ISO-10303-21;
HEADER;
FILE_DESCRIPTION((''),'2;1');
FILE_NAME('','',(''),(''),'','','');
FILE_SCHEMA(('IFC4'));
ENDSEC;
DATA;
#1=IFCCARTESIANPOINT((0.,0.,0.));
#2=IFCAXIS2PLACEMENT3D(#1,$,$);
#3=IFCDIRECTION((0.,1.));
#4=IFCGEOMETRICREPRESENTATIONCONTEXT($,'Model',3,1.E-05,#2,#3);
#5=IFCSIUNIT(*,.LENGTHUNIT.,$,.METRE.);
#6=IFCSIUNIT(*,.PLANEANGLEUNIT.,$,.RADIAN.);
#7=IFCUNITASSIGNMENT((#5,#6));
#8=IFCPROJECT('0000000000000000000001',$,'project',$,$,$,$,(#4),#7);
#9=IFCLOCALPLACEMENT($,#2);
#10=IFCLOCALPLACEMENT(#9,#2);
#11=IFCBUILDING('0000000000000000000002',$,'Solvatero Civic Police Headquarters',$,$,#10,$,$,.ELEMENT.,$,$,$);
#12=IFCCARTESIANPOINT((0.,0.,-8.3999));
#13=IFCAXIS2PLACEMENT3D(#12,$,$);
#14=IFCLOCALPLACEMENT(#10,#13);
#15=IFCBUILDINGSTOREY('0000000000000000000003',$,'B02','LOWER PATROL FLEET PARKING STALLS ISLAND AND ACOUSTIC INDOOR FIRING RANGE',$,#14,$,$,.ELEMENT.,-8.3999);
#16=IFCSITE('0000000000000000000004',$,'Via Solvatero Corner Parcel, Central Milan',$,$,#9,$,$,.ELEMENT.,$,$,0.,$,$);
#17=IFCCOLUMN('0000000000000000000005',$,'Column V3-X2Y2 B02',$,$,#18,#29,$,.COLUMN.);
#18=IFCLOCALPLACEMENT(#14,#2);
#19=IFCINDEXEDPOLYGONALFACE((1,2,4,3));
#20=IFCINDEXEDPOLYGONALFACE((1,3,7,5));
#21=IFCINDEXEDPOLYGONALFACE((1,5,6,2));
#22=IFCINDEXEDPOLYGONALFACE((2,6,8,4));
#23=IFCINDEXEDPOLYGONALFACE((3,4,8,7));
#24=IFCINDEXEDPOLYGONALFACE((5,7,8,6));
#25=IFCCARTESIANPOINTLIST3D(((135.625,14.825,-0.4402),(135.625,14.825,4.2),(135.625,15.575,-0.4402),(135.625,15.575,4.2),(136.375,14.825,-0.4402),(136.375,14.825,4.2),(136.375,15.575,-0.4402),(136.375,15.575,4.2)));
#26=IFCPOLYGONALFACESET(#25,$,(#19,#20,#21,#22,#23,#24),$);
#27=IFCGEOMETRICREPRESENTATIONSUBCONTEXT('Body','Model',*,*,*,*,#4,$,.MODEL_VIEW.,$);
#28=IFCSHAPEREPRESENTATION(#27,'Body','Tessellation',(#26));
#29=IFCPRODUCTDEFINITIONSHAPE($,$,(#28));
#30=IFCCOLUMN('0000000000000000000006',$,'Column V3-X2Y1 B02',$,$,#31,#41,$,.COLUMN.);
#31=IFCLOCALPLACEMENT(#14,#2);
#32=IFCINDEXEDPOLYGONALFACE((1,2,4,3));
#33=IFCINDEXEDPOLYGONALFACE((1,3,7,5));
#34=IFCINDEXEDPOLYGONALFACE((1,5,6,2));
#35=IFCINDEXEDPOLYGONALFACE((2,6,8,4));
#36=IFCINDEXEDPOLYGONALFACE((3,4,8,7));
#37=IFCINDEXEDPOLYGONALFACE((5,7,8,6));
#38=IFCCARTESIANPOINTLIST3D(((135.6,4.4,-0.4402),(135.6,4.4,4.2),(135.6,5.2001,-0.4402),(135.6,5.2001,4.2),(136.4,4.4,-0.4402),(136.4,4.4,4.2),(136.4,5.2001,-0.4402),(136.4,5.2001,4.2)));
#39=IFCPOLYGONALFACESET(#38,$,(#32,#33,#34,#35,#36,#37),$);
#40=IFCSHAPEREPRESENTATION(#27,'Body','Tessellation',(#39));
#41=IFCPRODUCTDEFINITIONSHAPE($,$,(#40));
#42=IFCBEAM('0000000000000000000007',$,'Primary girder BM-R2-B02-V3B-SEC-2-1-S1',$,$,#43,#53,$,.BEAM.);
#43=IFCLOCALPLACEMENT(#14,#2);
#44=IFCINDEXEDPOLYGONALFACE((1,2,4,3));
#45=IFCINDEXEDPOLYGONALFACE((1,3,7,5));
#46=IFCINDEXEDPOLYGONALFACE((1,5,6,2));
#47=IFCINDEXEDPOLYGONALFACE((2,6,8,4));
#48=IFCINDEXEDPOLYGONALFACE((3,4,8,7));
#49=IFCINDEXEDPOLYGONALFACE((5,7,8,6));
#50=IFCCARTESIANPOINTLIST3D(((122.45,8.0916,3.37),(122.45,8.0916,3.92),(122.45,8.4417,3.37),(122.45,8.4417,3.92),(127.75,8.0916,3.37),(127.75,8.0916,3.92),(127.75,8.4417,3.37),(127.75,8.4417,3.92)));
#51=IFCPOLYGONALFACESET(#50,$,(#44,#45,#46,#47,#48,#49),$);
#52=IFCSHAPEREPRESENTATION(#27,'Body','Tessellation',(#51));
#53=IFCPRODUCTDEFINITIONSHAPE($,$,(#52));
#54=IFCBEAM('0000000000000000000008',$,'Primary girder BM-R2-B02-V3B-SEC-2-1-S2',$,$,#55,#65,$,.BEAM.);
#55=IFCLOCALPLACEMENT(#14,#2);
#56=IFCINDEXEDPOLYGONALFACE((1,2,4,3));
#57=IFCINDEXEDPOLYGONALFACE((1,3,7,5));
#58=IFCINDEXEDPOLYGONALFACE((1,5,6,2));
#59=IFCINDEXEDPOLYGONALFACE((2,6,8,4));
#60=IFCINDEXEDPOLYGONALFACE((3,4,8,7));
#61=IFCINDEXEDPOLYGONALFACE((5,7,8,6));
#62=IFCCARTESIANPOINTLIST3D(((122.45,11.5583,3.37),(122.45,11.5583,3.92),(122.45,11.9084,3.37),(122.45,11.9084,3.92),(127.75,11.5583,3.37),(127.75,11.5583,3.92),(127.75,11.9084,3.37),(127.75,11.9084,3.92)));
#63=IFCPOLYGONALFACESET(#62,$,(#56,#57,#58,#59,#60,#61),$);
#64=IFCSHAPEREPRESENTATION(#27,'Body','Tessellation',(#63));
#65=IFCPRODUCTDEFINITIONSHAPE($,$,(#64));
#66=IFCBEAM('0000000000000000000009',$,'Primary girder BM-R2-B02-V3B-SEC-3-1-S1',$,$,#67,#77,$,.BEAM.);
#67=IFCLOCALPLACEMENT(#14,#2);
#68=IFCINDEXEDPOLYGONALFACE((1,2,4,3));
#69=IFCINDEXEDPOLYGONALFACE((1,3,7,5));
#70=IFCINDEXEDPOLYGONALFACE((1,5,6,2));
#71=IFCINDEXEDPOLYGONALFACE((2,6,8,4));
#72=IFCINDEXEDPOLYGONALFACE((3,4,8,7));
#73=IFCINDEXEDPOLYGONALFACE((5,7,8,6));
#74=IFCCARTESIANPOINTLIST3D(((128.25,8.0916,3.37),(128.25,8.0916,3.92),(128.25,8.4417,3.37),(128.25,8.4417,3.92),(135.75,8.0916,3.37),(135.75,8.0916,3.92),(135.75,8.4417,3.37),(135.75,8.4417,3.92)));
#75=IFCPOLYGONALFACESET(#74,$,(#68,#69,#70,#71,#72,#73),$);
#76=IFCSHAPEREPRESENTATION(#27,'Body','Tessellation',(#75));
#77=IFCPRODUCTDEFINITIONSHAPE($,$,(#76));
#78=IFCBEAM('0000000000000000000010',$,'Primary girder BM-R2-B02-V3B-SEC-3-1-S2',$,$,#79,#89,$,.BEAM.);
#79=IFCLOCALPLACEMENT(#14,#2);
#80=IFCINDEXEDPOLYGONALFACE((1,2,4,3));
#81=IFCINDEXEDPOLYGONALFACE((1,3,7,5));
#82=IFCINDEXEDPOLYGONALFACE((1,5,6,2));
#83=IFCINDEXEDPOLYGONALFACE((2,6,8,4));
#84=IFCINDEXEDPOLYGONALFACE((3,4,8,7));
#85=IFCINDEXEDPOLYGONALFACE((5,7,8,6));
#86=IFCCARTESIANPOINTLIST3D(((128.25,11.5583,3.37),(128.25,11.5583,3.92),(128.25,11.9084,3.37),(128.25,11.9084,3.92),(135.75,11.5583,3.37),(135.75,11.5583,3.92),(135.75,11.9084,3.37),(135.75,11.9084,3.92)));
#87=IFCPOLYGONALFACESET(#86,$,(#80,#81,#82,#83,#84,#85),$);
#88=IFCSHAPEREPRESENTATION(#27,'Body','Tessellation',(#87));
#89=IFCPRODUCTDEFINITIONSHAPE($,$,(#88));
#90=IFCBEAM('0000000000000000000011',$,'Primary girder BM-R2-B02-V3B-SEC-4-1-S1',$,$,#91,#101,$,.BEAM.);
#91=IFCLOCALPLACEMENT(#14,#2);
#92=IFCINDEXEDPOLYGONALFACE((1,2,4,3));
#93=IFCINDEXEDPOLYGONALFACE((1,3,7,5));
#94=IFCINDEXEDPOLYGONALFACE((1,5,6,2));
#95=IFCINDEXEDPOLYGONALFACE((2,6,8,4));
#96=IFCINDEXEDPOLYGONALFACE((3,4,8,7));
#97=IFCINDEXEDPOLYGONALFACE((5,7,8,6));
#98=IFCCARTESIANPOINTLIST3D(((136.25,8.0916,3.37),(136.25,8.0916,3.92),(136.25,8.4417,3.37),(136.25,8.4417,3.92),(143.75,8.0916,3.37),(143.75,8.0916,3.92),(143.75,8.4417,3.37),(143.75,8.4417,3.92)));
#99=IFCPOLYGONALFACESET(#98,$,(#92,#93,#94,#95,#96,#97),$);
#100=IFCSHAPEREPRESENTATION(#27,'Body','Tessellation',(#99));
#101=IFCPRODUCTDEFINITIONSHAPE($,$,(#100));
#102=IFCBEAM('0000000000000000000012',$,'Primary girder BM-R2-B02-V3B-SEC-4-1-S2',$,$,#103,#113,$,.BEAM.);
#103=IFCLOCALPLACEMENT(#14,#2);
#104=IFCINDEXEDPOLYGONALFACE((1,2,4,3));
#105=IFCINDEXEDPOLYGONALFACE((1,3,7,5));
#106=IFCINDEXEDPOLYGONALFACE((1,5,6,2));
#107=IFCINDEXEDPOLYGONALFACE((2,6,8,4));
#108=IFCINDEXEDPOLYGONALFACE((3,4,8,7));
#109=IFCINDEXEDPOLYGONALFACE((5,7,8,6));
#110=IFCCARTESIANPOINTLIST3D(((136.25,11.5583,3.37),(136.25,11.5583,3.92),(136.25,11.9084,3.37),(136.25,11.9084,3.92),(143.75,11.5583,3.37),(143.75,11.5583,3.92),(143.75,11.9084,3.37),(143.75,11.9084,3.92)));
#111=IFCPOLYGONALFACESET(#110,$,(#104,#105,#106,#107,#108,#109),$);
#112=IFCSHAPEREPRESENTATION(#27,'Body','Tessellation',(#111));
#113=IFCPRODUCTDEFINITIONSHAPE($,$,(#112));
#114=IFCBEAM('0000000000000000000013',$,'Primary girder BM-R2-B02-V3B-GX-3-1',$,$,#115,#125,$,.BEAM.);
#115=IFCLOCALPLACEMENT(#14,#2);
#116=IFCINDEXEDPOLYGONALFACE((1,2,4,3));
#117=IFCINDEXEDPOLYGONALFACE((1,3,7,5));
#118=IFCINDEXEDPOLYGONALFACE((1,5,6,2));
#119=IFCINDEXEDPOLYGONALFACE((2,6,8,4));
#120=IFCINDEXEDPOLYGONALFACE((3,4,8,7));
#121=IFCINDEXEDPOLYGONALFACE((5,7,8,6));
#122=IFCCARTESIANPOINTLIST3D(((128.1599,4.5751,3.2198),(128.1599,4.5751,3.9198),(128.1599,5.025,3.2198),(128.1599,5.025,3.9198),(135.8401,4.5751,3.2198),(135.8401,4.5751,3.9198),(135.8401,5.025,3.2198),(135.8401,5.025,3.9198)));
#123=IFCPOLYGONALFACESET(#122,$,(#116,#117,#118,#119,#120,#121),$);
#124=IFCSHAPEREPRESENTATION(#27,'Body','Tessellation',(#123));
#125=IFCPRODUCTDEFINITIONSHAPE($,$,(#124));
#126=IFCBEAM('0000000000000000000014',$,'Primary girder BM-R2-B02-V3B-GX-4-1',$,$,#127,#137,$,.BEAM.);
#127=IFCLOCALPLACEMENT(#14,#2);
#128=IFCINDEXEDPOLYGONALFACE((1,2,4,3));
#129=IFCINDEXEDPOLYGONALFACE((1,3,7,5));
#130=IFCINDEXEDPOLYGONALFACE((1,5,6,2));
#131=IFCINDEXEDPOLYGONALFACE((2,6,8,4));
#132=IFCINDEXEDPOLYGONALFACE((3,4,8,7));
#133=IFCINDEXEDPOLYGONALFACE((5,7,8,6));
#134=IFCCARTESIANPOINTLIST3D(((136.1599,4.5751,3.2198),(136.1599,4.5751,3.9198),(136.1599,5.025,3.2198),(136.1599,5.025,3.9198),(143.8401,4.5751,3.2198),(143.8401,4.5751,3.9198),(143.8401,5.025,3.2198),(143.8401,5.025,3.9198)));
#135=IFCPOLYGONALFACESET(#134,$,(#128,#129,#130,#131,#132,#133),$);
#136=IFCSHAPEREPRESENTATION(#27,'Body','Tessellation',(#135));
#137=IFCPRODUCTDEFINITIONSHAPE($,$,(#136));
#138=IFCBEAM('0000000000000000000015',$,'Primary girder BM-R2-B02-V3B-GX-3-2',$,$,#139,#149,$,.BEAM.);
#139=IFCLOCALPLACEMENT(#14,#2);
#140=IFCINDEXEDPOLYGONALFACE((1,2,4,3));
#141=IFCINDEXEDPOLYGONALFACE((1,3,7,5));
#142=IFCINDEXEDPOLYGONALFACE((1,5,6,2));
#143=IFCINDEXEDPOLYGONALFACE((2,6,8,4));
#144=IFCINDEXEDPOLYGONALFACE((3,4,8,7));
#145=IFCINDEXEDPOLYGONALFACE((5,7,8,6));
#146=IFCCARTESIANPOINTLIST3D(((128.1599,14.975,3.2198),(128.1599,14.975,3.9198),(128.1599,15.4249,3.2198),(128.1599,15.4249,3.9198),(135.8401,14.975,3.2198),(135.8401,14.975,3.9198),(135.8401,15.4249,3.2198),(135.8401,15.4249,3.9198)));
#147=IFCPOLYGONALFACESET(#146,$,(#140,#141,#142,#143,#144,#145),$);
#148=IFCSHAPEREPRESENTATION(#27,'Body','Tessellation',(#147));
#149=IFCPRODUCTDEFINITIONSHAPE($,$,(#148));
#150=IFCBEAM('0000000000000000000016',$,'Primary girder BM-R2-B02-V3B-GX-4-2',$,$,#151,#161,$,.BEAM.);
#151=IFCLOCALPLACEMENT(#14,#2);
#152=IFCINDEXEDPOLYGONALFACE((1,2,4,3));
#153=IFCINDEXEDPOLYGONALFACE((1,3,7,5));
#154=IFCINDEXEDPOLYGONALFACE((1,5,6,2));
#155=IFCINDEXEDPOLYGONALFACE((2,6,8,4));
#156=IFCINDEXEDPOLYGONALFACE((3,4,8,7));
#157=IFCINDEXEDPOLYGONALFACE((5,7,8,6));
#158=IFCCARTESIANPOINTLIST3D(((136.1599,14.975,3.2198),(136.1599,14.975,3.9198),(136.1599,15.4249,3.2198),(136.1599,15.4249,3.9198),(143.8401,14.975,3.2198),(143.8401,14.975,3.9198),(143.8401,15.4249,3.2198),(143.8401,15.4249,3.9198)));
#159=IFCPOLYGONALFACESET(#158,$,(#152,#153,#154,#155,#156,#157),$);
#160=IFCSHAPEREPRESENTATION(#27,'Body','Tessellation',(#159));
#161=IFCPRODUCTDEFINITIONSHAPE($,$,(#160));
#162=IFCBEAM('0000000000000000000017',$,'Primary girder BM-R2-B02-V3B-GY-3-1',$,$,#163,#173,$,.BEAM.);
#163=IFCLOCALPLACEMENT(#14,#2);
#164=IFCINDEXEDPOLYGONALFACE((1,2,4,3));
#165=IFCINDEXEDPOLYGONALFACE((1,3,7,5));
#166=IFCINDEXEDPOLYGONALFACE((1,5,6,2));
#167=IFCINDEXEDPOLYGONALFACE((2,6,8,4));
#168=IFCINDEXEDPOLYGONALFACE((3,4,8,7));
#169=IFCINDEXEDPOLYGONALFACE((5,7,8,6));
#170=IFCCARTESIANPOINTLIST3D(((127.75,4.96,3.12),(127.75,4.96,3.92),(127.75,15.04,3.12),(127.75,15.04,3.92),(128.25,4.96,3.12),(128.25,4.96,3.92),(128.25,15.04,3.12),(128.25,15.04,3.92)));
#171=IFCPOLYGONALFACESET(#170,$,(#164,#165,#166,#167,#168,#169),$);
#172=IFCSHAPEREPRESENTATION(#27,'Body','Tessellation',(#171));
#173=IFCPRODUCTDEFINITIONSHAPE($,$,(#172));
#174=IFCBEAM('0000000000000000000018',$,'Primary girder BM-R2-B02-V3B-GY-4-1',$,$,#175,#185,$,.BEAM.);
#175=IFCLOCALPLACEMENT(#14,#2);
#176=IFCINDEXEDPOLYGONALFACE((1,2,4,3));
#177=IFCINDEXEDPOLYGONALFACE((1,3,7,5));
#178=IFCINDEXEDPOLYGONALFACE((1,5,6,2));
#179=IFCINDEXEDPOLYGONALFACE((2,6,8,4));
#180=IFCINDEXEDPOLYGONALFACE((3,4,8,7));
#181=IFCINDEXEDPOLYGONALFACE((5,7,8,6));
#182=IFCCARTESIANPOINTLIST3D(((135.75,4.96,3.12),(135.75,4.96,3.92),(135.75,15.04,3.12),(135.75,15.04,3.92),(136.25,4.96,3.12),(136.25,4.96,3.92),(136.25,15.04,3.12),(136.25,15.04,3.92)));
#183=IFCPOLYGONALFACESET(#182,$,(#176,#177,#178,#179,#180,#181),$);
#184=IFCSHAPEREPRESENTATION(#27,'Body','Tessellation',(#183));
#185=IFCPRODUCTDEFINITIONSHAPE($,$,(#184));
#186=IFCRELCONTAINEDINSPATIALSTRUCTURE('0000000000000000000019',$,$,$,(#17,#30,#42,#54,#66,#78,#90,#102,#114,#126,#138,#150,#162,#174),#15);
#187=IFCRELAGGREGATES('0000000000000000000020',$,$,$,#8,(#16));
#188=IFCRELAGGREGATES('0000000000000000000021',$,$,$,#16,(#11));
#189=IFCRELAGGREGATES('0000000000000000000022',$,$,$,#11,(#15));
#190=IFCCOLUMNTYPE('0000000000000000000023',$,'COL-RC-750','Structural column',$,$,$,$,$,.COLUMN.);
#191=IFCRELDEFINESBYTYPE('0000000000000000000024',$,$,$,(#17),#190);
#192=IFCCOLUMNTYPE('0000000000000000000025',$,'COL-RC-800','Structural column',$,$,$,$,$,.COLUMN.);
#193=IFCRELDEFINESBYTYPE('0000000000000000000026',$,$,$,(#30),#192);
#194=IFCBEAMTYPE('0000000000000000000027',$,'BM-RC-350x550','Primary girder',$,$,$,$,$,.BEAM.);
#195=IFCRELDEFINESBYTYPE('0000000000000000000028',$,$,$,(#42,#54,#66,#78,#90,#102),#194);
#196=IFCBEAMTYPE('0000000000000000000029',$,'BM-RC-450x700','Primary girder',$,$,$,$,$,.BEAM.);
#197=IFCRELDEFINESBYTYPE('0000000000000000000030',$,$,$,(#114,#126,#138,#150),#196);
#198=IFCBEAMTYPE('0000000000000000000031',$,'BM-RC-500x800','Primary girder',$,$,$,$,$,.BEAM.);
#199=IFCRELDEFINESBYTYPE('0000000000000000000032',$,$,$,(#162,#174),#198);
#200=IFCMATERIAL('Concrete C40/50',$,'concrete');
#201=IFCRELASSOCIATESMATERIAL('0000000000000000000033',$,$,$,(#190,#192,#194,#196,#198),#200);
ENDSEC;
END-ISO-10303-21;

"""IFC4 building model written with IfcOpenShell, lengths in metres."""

from ifc_helpers import new_model, si_unit, direction, frame, origin, origin_2d, place, context, subcontext, project, spatial, rectangle, extrude, material, material_profile, profile_set, type_object, element, save


model = new_model("IFC4")

# Units and contexts
model_context = context("Model", 3, precision=1e-05, world=origin(), true_north=direction((0.0, 1.0)))
body_context = subcontext(model_context, "Body", "Model", "MODEL_VIEW")
ifc_project = project(units=[si_unit("LENGTHUNIT", "METRE"), si_unit("PLANEANGLEUNIT", "RADIAN")], contexts=[model_context])

# Site, building, storey
site_placement = place(None, origin())
site = spatial("IfcSite", under=ifc_project, at=site_placement, Name="Via Solvatero Corner Parcel, Central Milan", CompositionType="ELEMENT", RefElevation=0.0)
building_placement = place(site_placement, origin())
building = spatial("IfcBuilding", under=site, at=building_placement, Name="Solvatero Civic Police Headquarters", CompositionType="ELEMENT")
storey_placement = place(building_placement, frame((0.0, 0.0, -8.3999)))
storey = spatial("IfcBuildingStorey", under=building, at=storey_placement, Name="B02", Description="LOWER PATROL FLEET PARKING STALLS ISLAND AND ACOUSTIC INDOOR FIRING RANGE", CompositionType="ELEMENT", Elevation=-8.3999)

# Columns
ifc_material_1 = material(Name="Concrete C40/50", Category="concrete")
ifc_material_profile_1 = material_profile(ifc_material_1, rectangle(XDim=0.75, YDim=0.75, at=origin_2d()), Name="RC 750x750")
ifc_profile_set_1 = profile_set([ifc_material_profile_1], Name="Concrete C40/50")
column_type_1 = type_object("IfcColumnType", Name="COL-RC-750", Description="Structural column", PredefinedType="COLUMN", material=ifc_profile_set_1)
column_1_placement = place(storey_placement, frame((136.0, 15.2, -0.4402), z_axis=(0.0, 0.0, 1.0), x_axis=(1.0, 0.0, 0.0)))
element("IfcColumn", 1, at=column_1_placement, inside=storey, type_object=column_type_1, Name="Column V3-X2Y2 B02", PredefinedType="COLUMN", context=body_context, shape_type="SweptSolid", body=[
    extrude(rectangle(XDim=0.75, YDim=0.75, at=origin_2d()), origin(), (0.0, 0.0, 1.0), 4.6401),
])
ifc_material_profile_2 = material_profile(ifc_material_1, rectangle(XDim=0.8, YDim=0.8, at=origin_2d()), Name="RC 800x800")
ifc_profile_set_2 = profile_set([ifc_material_profile_2], Name="Concrete C40/50")
column_type_2 = type_object("IfcColumnType", Name="COL-RC-800", Description="Structural column", PredefinedType="COLUMN", material=ifc_profile_set_2)
column_2_placement = place(storey_placement, frame((136.0, 4.8, -0.4402), z_axis=(0.0, 0.0, 1.0), x_axis=(1.0, 0.0, 0.0)))
element("IfcColumn", 2, at=column_2_placement, inside=storey, type_object=column_type_2, Name="Column V3-X2Y1 B02", PredefinedType="COLUMN", context=body_context, shape_type="SweptSolid", body=[
    extrude(rectangle(XDim=0.8, YDim=0.8, at=origin_2d()), origin(), (0.0, 0.0, 1.0), 4.6401),
])

# Beams
ifc_material_profile_3 = material_profile(ifc_material_1, rectangle(XDim=0.3501, YDim=0.55, at=origin_2d()), Name="RC 350x550")
ifc_profile_set_3 = profile_set([ifc_material_profile_3], Name="Concrete C40/50")
beam_type_1 = type_object("IfcBeamType", Name="BM-RC-350x550", Description="Primary girder", PredefinedType="BEAM", material=ifc_profile_set_3)
for number, where, z_axis, x_axis, name in (
    (3, (122.45, 8.2666, 3.645), (1.0, 0.0, 0.0), (0.0, 1.0, 0.0), "Primary girder BM-R2-B02-V3B-SEC-2-1-S1"),
    (4, (122.45, 11.7334, 3.645), (1.0, 0.0, 0.0), (0.0, 1.0, 0.0), "Primary girder BM-R2-B02-V3B-SEC-2-1-S2"),
):
    element("IfcBeam", number, at=place(storey_placement, frame(where, z_axis=z_axis, x_axis=x_axis)), inside=storey, type_object=beam_type_1, Name=name, PredefinedType="BEAM", context=body_context, shape_type="SweptSolid", body=[
        extrude(rectangle(XDim=0.3501, YDim=0.55, at=origin_2d()), origin(), (0.0, 0.0, 1.0), 5.3),
    ])
for number, where, z_axis, x_axis, name in (
    (5, (128.25, 8.2666, 3.645), (1.0, 0.0, 0.0), (0.0, 1.0, 0.0), "Primary girder BM-R2-B02-V3B-SEC-3-1-S1"),
    (6, (128.25, 11.7334, 3.645), (1.0, 0.0, 0.0), (0.0, 1.0, 0.0), "Primary girder BM-R2-B02-V3B-SEC-3-1-S2"),
    (7, (136.25, 8.2666, 3.645), (1.0, 0.0, 0.0), (0.0, 1.0, 0.0), "Primary girder BM-R2-B02-V3B-SEC-4-1-S1"),
    (8, (136.25, 11.7334, 3.645), (1.0, 0.0, 0.0), (0.0, 1.0, 0.0), "Primary girder BM-R2-B02-V3B-SEC-4-1-S2"),
):
    element("IfcBeam", number, at=place(storey_placement, frame(where, z_axis=z_axis, x_axis=x_axis)), inside=storey, type_object=beam_type_1, Name=name, PredefinedType="BEAM", context=body_context, shape_type="SweptSolid", body=[
        extrude(rectangle(XDim=0.3501, YDim=0.55, at=origin_2d()), origin(), (0.0, 0.0, 1.0), 7.5),
    ])
ifc_material_profile_4 = material_profile(ifc_material_1, rectangle(XDim=0.45, YDim=0.7, at=origin_2d()), Name="RC 450x700")
ifc_profile_set_4 = profile_set([ifc_material_profile_4], Name="Concrete C40/50")
beam_type_2 = type_object("IfcBeamType", Name="BM-RC-450x700", Description="Primary girder", PredefinedType="BEAM", material=ifc_profile_set_4)
for number, where, z_axis, x_axis, name in (
    (9, (128.1599, 4.8, 3.5698), (1.0, 0.0, 0.0), (0.0, 1.0, 0.0), "Primary girder BM-R2-B02-V3B-GX-3-1"),
    (10, (136.1599, 4.8, 3.5698), (1.0, 0.0, 0.0), (0.0, 1.0, 0.0), "Primary girder BM-R2-B02-V3B-GX-4-1"),
    (11, (128.1599, 15.2, 3.5698), (1.0, 0.0, 0.0), (0.0, 1.0, 0.0), "Primary girder BM-R2-B02-V3B-GX-3-2"),
    (12, (136.1599, 15.2, 3.5698), (1.0, 0.0, 0.0), (0.0, 1.0, 0.0), "Primary girder BM-R2-B02-V3B-GX-4-2"),
):
    element("IfcBeam", number, at=place(storey_placement, frame(where, z_axis=z_axis, x_axis=x_axis)), inside=storey, type_object=beam_type_2, Name=name, PredefinedType="BEAM", context=body_context, shape_type="SweptSolid", body=[
        extrude(rectangle(XDim=0.45, YDim=0.7, at=origin_2d()), origin(), (0.0, 0.0, 1.0), 7.6802),
    ])
ifc_material_profile_5 = material_profile(ifc_material_1, rectangle(XDim=0.5, YDim=0.8, at=origin_2d()), Name="RC 500x800")
ifc_profile_set_5 = profile_set([ifc_material_profile_5], Name="Concrete C40/50")
beam_type_3 = type_object("IfcBeamType", Name="BM-RC-500x800", Description="Primary girder", PredefinedType="BEAM", material=ifc_profile_set_5)
for number, where, z_axis, x_axis, name in (
    (13, (128.0, 4.96, 3.52), (0.0, 1.0, 0.0), (-1.0, 0.0, 0.0), "Primary girder BM-R2-B02-V3B-GY-3-1"),
    (14, (136.0, 4.96, 3.52), (0.0, 1.0, 0.0), (-1.0, 0.0, 0.0), "Primary girder BM-R2-B02-V3B-GY-4-1"),
):
    element("IfcBeam", number, at=place(storey_placement, frame(where, z_axis=z_axis, x_axis=x_axis)), inside=storey, type_object=beam_type_3, Name=name, PredefinedType="BEAM", context=body_context, shape_type="SweptSolid", body=[
        extrude(rectangle(XDim=0.5, YDim=0.8, at=origin_2d()), origin(), (0.0, 0.0, 1.0), 10.0801),
    ])

save(model, "model.ifc")
